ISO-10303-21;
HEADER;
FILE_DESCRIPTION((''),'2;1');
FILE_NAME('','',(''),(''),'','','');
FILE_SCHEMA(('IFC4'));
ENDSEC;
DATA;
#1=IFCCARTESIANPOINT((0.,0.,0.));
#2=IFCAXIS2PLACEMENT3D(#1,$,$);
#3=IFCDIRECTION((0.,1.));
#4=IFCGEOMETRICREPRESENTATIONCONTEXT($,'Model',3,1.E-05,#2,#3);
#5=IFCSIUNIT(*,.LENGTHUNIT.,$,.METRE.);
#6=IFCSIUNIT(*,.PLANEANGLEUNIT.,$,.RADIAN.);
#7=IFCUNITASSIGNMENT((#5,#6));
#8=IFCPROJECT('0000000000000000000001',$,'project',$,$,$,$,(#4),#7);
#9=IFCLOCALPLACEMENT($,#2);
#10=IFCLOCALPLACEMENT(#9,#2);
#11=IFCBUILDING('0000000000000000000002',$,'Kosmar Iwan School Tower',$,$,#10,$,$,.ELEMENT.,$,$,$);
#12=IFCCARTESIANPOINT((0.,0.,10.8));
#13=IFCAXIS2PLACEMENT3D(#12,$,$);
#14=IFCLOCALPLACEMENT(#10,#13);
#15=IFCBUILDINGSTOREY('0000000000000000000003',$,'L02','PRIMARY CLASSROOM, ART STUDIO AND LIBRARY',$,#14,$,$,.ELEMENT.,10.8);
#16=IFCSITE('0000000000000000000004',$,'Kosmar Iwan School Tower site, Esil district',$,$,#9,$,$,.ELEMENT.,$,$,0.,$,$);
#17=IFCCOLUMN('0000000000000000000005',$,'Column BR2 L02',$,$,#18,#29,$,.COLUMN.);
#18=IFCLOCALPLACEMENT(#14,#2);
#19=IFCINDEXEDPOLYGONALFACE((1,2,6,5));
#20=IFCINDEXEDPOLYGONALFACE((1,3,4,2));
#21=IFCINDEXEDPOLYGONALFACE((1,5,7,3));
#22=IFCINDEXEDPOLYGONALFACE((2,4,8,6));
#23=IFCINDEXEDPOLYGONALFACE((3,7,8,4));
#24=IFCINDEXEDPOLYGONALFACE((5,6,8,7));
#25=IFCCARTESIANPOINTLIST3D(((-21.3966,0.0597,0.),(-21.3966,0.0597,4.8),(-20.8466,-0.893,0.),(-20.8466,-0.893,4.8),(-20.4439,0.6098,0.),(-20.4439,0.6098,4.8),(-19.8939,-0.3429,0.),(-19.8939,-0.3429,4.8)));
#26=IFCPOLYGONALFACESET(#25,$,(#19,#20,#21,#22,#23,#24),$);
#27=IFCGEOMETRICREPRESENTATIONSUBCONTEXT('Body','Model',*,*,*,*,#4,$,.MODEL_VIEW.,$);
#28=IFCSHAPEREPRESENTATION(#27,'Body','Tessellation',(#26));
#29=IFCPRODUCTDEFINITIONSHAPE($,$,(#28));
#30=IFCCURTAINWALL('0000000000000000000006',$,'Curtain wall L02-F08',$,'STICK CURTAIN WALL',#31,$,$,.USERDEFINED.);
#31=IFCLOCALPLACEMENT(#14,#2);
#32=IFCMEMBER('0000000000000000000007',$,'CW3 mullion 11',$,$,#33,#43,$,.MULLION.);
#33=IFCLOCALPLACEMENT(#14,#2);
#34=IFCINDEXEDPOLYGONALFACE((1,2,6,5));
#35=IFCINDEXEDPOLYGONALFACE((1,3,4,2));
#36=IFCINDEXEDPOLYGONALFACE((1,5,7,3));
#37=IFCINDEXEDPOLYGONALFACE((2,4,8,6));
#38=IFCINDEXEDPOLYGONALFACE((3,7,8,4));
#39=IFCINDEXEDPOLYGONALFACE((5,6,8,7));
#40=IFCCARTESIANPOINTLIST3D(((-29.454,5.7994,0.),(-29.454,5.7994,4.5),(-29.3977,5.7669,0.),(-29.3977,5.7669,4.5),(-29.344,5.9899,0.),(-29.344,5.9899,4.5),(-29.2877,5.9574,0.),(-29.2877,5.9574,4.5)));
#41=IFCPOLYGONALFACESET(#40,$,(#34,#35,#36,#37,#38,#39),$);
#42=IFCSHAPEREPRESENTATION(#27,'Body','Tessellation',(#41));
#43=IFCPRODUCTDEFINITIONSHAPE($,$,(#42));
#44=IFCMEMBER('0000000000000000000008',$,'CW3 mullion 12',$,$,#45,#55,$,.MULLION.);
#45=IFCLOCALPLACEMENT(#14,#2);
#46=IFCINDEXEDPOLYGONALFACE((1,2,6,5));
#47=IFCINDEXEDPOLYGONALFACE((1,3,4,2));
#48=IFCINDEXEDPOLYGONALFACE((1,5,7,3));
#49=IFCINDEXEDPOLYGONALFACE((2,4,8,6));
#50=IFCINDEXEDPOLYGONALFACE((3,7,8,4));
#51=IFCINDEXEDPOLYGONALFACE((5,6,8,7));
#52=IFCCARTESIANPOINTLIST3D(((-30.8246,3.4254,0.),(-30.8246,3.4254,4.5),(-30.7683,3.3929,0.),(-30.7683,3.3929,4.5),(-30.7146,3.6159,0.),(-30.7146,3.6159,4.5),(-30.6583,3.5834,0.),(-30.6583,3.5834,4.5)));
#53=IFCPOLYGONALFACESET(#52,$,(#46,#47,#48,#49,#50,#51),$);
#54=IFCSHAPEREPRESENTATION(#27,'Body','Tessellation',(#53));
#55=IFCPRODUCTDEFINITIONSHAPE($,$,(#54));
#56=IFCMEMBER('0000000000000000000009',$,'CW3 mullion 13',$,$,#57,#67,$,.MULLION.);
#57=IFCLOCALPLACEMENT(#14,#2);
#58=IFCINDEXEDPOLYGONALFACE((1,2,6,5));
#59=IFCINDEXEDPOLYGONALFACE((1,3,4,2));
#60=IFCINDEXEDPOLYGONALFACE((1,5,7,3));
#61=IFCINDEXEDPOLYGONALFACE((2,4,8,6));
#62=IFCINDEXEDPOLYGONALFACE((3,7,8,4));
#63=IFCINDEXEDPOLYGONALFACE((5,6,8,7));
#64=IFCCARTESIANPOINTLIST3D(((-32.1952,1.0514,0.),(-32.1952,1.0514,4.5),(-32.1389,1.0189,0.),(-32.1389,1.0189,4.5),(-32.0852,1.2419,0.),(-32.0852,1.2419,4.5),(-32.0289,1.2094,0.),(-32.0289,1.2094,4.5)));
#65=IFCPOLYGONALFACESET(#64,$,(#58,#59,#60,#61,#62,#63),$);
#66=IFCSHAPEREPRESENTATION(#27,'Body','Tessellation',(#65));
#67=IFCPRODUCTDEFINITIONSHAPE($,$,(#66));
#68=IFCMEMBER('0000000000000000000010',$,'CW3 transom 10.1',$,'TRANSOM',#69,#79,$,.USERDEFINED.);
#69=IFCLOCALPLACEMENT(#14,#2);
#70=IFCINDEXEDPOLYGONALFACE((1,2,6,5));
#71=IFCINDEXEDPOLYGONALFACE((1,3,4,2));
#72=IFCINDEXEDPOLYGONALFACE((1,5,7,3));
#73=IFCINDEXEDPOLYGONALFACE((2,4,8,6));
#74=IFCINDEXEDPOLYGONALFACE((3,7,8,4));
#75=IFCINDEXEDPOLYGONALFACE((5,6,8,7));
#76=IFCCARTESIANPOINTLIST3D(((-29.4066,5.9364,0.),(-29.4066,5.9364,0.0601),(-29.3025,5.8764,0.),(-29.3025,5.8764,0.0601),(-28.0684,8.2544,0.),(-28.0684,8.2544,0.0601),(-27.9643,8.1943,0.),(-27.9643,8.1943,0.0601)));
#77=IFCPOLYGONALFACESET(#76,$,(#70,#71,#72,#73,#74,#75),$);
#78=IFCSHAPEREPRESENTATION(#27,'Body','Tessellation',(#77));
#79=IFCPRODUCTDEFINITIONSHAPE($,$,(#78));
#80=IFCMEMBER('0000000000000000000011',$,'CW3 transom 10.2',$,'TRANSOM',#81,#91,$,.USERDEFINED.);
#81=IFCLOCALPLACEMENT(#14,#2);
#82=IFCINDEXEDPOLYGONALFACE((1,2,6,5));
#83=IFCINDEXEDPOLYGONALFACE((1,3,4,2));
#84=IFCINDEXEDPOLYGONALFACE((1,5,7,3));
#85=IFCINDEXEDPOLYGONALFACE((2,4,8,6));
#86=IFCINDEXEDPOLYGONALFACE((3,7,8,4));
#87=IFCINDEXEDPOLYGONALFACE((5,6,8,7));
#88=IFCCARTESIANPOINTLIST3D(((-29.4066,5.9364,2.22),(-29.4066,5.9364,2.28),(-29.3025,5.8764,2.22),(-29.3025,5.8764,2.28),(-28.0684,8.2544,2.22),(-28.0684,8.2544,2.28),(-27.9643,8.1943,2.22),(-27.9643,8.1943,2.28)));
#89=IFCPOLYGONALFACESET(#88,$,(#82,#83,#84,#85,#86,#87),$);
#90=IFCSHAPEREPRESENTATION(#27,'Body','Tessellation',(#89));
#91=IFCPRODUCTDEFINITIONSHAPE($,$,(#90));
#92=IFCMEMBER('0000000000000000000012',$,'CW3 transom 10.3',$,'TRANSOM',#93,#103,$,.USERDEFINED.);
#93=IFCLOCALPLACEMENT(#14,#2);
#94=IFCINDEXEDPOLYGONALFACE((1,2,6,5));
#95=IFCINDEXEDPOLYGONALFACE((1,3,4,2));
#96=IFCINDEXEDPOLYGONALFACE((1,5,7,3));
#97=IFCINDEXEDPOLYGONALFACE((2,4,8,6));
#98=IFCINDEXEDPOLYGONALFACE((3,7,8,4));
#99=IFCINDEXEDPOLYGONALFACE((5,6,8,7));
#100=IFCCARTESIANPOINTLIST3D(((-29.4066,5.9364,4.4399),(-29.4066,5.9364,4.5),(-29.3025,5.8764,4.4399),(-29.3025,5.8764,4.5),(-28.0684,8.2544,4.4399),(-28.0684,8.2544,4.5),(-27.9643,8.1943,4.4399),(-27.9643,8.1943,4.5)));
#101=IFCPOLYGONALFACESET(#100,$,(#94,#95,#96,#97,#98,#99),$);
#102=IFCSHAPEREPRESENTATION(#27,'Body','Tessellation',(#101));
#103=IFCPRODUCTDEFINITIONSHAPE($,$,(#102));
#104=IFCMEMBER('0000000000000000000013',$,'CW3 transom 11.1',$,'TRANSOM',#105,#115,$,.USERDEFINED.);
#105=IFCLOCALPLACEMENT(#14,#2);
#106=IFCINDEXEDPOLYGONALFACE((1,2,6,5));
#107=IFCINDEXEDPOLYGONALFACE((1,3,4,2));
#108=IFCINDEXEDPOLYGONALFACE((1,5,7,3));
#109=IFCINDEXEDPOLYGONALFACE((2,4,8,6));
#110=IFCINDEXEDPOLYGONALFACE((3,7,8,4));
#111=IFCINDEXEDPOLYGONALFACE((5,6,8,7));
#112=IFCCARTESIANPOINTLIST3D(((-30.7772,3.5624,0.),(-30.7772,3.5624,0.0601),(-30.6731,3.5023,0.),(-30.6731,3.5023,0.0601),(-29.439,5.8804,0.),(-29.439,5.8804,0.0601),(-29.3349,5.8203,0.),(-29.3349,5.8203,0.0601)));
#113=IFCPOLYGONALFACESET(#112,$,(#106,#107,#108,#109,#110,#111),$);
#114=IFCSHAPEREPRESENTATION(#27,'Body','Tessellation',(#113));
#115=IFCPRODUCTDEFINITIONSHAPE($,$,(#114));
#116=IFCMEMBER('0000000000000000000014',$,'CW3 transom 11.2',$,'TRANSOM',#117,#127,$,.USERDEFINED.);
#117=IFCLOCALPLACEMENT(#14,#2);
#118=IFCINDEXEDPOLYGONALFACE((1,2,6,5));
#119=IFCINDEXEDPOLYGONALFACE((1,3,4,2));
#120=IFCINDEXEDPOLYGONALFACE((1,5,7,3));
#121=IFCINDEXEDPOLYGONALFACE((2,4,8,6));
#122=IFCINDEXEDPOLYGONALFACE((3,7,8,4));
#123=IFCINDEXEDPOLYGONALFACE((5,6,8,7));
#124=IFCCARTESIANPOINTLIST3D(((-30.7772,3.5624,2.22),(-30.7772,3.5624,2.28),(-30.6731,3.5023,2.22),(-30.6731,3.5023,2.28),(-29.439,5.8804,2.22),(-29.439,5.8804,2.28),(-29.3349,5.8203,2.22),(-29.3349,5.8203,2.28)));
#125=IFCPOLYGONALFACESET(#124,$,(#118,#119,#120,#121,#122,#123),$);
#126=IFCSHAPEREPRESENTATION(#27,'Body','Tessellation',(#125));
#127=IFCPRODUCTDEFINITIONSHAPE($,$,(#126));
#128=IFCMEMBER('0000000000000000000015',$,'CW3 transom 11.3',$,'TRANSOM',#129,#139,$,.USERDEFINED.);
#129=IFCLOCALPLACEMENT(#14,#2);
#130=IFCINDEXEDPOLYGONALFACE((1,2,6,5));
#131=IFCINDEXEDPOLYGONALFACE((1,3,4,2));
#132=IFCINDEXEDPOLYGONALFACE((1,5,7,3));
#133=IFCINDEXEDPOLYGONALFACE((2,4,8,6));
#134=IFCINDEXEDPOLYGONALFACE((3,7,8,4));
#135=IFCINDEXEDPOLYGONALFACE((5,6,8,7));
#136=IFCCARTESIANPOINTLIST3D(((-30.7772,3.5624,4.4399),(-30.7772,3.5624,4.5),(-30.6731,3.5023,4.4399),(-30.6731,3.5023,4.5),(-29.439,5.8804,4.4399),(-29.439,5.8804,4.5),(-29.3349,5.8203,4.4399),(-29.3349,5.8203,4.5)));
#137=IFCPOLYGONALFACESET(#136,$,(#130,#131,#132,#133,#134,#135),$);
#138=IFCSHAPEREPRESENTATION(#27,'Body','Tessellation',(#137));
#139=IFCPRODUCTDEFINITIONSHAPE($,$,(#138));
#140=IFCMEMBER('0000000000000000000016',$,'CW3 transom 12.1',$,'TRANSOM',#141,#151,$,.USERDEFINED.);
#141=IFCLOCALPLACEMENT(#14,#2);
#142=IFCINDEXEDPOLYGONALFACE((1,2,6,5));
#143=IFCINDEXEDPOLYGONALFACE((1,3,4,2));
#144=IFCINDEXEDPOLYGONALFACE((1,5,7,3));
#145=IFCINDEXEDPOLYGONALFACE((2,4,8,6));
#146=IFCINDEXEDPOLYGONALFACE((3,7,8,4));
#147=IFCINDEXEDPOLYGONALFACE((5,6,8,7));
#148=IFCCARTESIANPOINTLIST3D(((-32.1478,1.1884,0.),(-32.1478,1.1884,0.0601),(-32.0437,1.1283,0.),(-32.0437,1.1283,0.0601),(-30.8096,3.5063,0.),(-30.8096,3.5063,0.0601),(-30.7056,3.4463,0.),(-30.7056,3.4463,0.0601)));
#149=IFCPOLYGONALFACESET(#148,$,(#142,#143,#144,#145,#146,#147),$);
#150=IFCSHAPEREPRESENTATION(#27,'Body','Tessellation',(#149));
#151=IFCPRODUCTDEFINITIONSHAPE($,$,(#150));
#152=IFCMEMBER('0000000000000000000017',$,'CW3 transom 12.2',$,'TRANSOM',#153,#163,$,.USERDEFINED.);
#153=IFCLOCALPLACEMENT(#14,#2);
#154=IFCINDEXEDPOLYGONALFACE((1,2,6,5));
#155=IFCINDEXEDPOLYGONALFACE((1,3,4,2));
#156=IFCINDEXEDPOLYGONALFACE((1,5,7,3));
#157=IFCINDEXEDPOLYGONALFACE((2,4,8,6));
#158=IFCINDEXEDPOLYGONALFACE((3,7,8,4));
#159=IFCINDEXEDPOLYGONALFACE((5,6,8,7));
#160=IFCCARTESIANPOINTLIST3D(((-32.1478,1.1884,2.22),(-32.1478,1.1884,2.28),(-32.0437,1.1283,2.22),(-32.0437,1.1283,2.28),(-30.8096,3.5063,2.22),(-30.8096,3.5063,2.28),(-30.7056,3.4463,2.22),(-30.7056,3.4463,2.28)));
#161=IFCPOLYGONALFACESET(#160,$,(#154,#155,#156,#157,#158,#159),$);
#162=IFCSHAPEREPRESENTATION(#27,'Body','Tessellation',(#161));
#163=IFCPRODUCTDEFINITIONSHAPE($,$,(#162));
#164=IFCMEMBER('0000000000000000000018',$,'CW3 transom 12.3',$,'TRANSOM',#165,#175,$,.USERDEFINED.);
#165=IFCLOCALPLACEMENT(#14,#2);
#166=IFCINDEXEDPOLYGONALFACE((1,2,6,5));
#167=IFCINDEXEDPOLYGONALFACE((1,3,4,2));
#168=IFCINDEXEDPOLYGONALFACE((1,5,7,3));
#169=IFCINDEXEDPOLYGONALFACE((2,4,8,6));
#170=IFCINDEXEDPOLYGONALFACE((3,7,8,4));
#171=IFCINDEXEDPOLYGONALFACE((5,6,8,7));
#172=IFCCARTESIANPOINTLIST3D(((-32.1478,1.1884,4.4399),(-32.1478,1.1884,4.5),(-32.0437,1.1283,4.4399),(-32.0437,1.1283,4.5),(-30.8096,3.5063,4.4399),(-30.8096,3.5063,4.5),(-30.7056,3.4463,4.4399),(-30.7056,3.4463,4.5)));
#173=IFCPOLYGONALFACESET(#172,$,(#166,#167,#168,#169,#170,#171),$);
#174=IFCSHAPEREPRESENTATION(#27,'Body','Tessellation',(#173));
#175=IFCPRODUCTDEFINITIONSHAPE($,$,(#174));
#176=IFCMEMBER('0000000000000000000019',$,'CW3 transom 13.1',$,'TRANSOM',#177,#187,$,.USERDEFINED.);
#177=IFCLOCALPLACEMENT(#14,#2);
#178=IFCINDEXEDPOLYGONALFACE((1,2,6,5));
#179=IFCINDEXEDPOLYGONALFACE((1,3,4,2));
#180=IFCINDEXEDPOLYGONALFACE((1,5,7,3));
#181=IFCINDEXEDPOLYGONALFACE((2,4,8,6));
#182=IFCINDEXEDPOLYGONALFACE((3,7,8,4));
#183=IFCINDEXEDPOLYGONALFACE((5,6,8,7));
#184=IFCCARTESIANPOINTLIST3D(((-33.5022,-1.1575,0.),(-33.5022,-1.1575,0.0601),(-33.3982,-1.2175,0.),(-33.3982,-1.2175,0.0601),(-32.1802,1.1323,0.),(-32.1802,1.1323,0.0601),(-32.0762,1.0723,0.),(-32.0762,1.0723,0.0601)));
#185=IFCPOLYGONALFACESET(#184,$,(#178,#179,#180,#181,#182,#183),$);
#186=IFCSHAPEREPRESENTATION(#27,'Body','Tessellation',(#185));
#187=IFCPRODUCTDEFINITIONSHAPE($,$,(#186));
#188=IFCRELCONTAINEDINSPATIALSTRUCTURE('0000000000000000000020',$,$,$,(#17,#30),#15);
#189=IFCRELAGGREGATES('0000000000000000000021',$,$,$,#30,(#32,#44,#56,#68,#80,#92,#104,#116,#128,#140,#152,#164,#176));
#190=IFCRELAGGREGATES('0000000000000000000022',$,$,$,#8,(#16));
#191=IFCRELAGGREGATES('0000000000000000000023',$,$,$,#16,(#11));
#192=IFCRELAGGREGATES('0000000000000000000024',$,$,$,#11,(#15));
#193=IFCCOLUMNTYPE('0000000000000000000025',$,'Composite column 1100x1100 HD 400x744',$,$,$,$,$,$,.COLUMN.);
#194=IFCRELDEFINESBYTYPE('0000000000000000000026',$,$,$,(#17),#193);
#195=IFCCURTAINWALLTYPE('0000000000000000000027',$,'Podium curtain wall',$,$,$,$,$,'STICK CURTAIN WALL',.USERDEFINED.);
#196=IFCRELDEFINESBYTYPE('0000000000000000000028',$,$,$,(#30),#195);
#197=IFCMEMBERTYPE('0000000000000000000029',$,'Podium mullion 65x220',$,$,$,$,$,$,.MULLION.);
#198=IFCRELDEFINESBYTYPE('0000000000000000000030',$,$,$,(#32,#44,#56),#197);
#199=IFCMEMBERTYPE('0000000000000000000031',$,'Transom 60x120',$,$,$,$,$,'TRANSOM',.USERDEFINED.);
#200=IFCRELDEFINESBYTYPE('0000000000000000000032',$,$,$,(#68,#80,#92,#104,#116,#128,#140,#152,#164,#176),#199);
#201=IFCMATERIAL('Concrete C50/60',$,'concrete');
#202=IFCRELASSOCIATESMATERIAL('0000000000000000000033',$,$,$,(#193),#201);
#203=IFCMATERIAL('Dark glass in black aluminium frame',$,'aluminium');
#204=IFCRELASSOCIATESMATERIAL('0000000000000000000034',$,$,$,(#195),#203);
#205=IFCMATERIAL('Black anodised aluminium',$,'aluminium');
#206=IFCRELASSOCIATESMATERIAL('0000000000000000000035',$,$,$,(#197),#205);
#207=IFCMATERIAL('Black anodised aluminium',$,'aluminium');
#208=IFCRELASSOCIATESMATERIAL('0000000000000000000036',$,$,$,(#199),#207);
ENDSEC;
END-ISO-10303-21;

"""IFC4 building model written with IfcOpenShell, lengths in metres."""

from ifc_helpers import new_model, si_unit, direction, frame, origin, origin_2d, place, context, subcontext, project, spatial, rectangle, extrude, material, material_profile, profile_set, type_object, element, aggregate, save


model = new_model("IFC4")

# Units and contexts
model_context = context("Model", 3, precision=1e-05, world=origin(), true_north=direction((0.0, 1.0)))
body_context = subcontext(model_context, "Body", "Model", "MODEL_VIEW")
ifc_project = project(units=[si_unit("LENGTHUNIT", "METRE"), si_unit("PLANEANGLEUNIT", "RADIAN")], contexts=[model_context])

# Site, building, storey
site_placement = place(None, origin())
site = spatial("IfcSite", under=ifc_project, at=site_placement, Name="Kosmar Iwan School Tower site, Esil district", CompositionType="ELEMENT", RefElevation=0.0)
building_placement = place(site_placement, origin())
building = spatial("IfcBuilding", under=site, at=building_placement, Name="Kosmar Iwan School Tower", CompositionType="ELEMENT")
storey_placement = place(building_placement, frame((0.0, 0.0, 10.8)))
storey = spatial("IfcBuildingStorey", under=building, at=storey_placement, Name="L02", Description="PRIMARY CLASSROOM, ART STUDIO AND LIBRARY", CompositionType="ELEMENT", Elevation=10.8)

# Column
ifc_material_1 = material(Name="Concrete C50/60", Category="concrete")
ifc_material_profile_1 = material_profile(ifc_material_1, rectangle(XDim=1.1001, YDim=1.1001, at=origin_2d()), Name="RC 1100x1100 + HD 400x744")
ifc_profile_set_1 = profile_set([ifc_material_profile_1], Name="Concrete C50/60")
column_type = type_object("IfcColumnType", Name="Composite column 1100x1100 HD 400x744", PredefinedType="COLUMN", material=ifc_profile_set_1)
column_placement = place(storey_placement, frame((-20.6453, -0.1416, 0.0), z_axis=(0.0, 0.0, 1.0), x_axis=(-0.866025, -0.5, 0.0)))
element("IfcColumn", 1, at=column_placement, inside=storey, type_object=column_type, Name="Column BR2 L02", PredefinedType="COLUMN", context=body_context, shape_type="SweptSolid", body=[
    extrude(rectangle(XDim=1.1001, YDim=1.1001, at=origin_2d()), origin(), (0.0, 0.0, 1.0), 4.8),
])

# Curtain wall, members
ifc_material_2 = material(Name="Dark glass in black aluminium frame", Category="aluminium")
curtain_wall_type = type_object("IfcCurtainWallType", Name="Podium curtain wall", ElementType="STICK CURTAIN WALL", PredefinedType="USERDEFINED", material=ifc_material_2)
curtain_wall_placement = place(storey_placement, origin())
curtain_wall = element("IfcCurtainWall", 2, at=curtain_wall_placement, inside=storey, type_object=curtain_wall_type, Name="Curtain wall L02-F08", ObjectType="STICK CURTAIN WALL", PredefinedType="USERDEFINED")
ifc_material_3 = material(Name="Black anodised aluminium", Category="aluminium")
ifc_material_profile_2 = material_profile(ifc_material_3, rectangle(XDim=0.0649, YDim=0.22, at=origin_2d()), Name="MULLION 65x220")
ifc_profile_set_2 = profile_set([ifc_material_profile_2], Name="Black anodised aluminium")
member_type_1 = type_object("IfcMemberType", Name="Podium mullion 65x220", PredefinedType="MULLION", material=ifc_profile_set_2)
member_1_placement = place(storey_placement, frame((-29.3708, 5.8784, 0.0), z_axis=(0.0, 0.0, 1.0), x_axis=(0.866025, -0.5, 0.0)))
member_1 = element("IfcMember", 3, at=member_1_placement, type_object=member_type_1, Name="CW3 mullion 11", PredefinedType="MULLION", context=body_context, shape_type="SweptSolid", body=[
    extrude(rectangle(XDim=0.0649, YDim=0.22, at=origin_2d()), origin(), (0.0, 0.0, 1.0), 4.5),
])
member_2_placement = place(storey_placement, frame((-30.7415, 3.5044, 0.0), z_axis=(0.0, 0.0, 1.0), x_axis=(0.866025, -0.5, 0.0)))
member_2 = element("IfcMember", 4, at=member_2_placement, type_object=member_type_1, Name="CW3 mullion 12", PredefinedType="MULLION", context=body_context, shape_type="SweptSolid", body=[
    extrude(rectangle(XDim=0.0649, YDim=0.22, at=origin_2d()), origin(), (0.0, 0.0, 1.0), 4.5),
])
member_3_placement = place(storey_placement, frame((-32.1121, 1.1304, 0.0), z_axis=(0.0, 0.0, 1.0), x_axis=(0.866025, -0.5, 0.0)))
member_3 = element("IfcMember", 5, at=member_3_placement, type_object=member_type_1, Name="CW3 mullion 13", PredefinedType="MULLION", context=body_context, shape_type="SweptSolid", body=[
    extrude(rectangle(XDim=0.0649, YDim=0.22, at=origin_2d()), origin(), (0.0, 0.0, 1.0), 4.5),
])
ifc_material_4 = material(Name="Black anodised aluminium", Category="aluminium")
ifc_material_profile_3 = material_profile(ifc_material_4, rectangle(XDim=0.1201, YDim=0.0601, at=origin_2d()), Name="TRANSOM 60x120")
ifc_profile_set_3 = profile_set([ifc_material_profile_3], Name="Black anodised aluminium")
member_type_2 = type_object("IfcMemberType", Name="Transom 60x120", ElementType="TRANSOM", PredefinedType="USERDEFINED", material=ifc_profile_set_3)
member_4_placement = place(storey_placement, frame((-28.0164, 8.2244, 0.03), z_axis=(-0.499975, -0.86604, 0.0), x_axis=(0.86604, -0.499975, 0.0)))
member_4 = element("IfcMember", 6, at=member_4_placement, type_object=member_type_2, Name="CW3 transom 10.1", ObjectType="TRANSOM", PredefinedType="USERDEFINED", context=body_context, shape_type="SweptSolid", body=[
    extrude(rectangle(XDim=0.1201, YDim=0.0601, at=origin_2d()), origin(), (0.0, 0.0, 1.0), 2.6765),
])
member_5_placement = place(storey_placement, frame((-28.0164, 8.2244, 2.25), z_axis=(-0.499975, -0.86604, 0.0), x_axis=(0.86604, -0.499975, 0.0)))
member_5 = element("IfcMember", 7, at=member_5_placement, type_object=member_type_2, Name="CW3 transom 10.2", ObjectType="TRANSOM", PredefinedType="USERDEFINED", context=body_context, shape_type="SweptSolid", body=[
    extrude(rectangle(XDim=0.1201, YDim=0.0601, at=origin_2d()), origin(), (0.0, 0.0, 1.0), 2.6765),
])
member_6_placement = place(storey_placement, frame((-28.0164, 8.2244, 4.47), z_axis=(-0.499975, -0.86604, 0.0), x_axis=(0.86604, -0.499975, 0.0)))
member_6 = element("IfcMember", 8, at=member_6_placement, type_object=member_type_2, Name="CW3 transom 10.3", ObjectType="TRANSOM", PredefinedType="USERDEFINED", context=body_context, shape_type="SweptSolid", body=[
    extrude(rectangle(XDim=0.1201, YDim=0.0601, at=origin_2d()), origin(), (0.0, 0.0, 1.0), 2.6765),
])
member_7_placement = place(storey_placement, frame((-29.387, 5.8503, 0.03), z_axis=(-0.499975, -0.86604, 0.0), x_axis=(0.86604, -0.499975, 0.0)))
member_7 = element("IfcMember", 9, at=member_7_placement, type_object=member_type_2, Name="CW3 transom 11.1", ObjectType="TRANSOM", PredefinedType="USERDEFINED", context=body_context, shape_type="SweptSolid", body=[
    extrude(rectangle(XDim=0.1201, YDim=0.0601, at=origin_2d()), origin(), (0.0, 0.0, 1.0), 2.6765),
])
member_8_placement = place(storey_placement, frame((-29.387, 5.8503, 2.25), z_axis=(-0.499975, -0.86604, 0.0), x_axis=(0.86604, -0.499975, 0.0)))
member_8 = element("IfcMember", 10, at=member_8_placement, type_object=member_type_2, Name="CW3 transom 11.2", ObjectType="TRANSOM", PredefinedType="USERDEFINED", context=body_context, shape_type="SweptSolid", body=[
    extrude(rectangle(XDim=0.1201, YDim=0.0601, at=origin_2d()), origin(), (0.0, 0.0, 1.0), 2.6765),
])
member_9_placement = place(storey_placement, frame((-29.387, 5.8503, 4.47), z_axis=(-0.499975, -0.86604, 0.0), x_axis=(0.86604, -0.499975, 0.0)))
member_9 = element("IfcMember", 11, at=member_9_placement, type_object=member_type_2, Name="CW3 transom 11.3", ObjectType="TRANSOM", PredefinedType="USERDEFINED", context=body_context, shape_type="SweptSolid", body=[
    extrude(rectangle(XDim=0.1201, YDim=0.0601, at=origin_2d()), origin(), (0.0, 0.0, 1.0), 2.6765),
])
member_10_placement = place(storey_placement, frame((-30.7576, 3.4763, 0.03), z_axis=(-0.499975, -0.86604, 0.0), x_axis=(0.86604, -0.499975, 0.0)))
member_10 = element("IfcMember", 12, at=member_10_placement, type_object=member_type_2, Name="CW3 transom 12.1", ObjectType="TRANSOM", PredefinedType="USERDEFINED", context=body_context, shape_type="SweptSolid", body=[
    extrude(rectangle(XDim=0.1201, YDim=0.0601, at=origin_2d()), origin(), (0.0, 0.0, 1.0), 2.6765),
])
member_11_placement = place(storey_placement, frame((-30.7576, 3.4763, 2.25), z_axis=(-0.499975, -0.86604, 0.0), x_axis=(0.86604, -0.499975, 0.0)))
member_11 = element("IfcMember", 13, at=member_11_placement, type_object=member_type_2, Name="CW3 transom 12.2", ObjectType="TRANSOM", PredefinedType="USERDEFINED", context=body_context, shape_type="SweptSolid", body=[
    extrude(rectangle(XDim=0.1201, YDim=0.0601, at=origin_2d()), origin(), (0.0, 0.0, 1.0), 2.6765),
])
member_12_placement = place(storey_placement, frame((-30.7576, 3.4763, 4.47), z_axis=(-0.499975, -0.86604, 0.0), x_axis=(0.86604, -0.499975, 0.0)))
member_12 = element("IfcMember", 14, at=member_12_placement, type_object=member_type_2, Name="CW3 transom 12.3", ObjectType="TRANSOM", PredefinedType="USERDEFINED", context=body_context, shape_type="SweptSolid", body=[
    extrude(rectangle(XDim=0.1201, YDim=0.0601, at=origin_2d()), origin(), (0.0, 0.0, 1.0), 2.6765),
])
member_13_placement = place(storey_placement, frame((-32.1282, 1.1023, 0.03), z_axis=(-0.500002, -0.866024, 0.0), x_axis=(0.866024, -0.500002, 0.0)))
member_13 = element("IfcMember", 15, at=member_13_placement, type_object=member_type_2, Name="CW3 transom 13.1", ObjectType="TRANSOM", PredefinedType="USERDEFINED", context=body_context, shape_type="SweptSolid", body=[
    extrude(rectangle(XDim=0.1201, YDim=0.0601, at=origin_2d()), origin(), (0.0, 0.0, 1.0), 2.644),
])
aggregate(curtain_wall, [member_1, member_2, member_3, member_4, member_5, member_6, member_7, member_8, member_9, member_10, member_11, member_12, member_13])

save(model, "model.ifc")
